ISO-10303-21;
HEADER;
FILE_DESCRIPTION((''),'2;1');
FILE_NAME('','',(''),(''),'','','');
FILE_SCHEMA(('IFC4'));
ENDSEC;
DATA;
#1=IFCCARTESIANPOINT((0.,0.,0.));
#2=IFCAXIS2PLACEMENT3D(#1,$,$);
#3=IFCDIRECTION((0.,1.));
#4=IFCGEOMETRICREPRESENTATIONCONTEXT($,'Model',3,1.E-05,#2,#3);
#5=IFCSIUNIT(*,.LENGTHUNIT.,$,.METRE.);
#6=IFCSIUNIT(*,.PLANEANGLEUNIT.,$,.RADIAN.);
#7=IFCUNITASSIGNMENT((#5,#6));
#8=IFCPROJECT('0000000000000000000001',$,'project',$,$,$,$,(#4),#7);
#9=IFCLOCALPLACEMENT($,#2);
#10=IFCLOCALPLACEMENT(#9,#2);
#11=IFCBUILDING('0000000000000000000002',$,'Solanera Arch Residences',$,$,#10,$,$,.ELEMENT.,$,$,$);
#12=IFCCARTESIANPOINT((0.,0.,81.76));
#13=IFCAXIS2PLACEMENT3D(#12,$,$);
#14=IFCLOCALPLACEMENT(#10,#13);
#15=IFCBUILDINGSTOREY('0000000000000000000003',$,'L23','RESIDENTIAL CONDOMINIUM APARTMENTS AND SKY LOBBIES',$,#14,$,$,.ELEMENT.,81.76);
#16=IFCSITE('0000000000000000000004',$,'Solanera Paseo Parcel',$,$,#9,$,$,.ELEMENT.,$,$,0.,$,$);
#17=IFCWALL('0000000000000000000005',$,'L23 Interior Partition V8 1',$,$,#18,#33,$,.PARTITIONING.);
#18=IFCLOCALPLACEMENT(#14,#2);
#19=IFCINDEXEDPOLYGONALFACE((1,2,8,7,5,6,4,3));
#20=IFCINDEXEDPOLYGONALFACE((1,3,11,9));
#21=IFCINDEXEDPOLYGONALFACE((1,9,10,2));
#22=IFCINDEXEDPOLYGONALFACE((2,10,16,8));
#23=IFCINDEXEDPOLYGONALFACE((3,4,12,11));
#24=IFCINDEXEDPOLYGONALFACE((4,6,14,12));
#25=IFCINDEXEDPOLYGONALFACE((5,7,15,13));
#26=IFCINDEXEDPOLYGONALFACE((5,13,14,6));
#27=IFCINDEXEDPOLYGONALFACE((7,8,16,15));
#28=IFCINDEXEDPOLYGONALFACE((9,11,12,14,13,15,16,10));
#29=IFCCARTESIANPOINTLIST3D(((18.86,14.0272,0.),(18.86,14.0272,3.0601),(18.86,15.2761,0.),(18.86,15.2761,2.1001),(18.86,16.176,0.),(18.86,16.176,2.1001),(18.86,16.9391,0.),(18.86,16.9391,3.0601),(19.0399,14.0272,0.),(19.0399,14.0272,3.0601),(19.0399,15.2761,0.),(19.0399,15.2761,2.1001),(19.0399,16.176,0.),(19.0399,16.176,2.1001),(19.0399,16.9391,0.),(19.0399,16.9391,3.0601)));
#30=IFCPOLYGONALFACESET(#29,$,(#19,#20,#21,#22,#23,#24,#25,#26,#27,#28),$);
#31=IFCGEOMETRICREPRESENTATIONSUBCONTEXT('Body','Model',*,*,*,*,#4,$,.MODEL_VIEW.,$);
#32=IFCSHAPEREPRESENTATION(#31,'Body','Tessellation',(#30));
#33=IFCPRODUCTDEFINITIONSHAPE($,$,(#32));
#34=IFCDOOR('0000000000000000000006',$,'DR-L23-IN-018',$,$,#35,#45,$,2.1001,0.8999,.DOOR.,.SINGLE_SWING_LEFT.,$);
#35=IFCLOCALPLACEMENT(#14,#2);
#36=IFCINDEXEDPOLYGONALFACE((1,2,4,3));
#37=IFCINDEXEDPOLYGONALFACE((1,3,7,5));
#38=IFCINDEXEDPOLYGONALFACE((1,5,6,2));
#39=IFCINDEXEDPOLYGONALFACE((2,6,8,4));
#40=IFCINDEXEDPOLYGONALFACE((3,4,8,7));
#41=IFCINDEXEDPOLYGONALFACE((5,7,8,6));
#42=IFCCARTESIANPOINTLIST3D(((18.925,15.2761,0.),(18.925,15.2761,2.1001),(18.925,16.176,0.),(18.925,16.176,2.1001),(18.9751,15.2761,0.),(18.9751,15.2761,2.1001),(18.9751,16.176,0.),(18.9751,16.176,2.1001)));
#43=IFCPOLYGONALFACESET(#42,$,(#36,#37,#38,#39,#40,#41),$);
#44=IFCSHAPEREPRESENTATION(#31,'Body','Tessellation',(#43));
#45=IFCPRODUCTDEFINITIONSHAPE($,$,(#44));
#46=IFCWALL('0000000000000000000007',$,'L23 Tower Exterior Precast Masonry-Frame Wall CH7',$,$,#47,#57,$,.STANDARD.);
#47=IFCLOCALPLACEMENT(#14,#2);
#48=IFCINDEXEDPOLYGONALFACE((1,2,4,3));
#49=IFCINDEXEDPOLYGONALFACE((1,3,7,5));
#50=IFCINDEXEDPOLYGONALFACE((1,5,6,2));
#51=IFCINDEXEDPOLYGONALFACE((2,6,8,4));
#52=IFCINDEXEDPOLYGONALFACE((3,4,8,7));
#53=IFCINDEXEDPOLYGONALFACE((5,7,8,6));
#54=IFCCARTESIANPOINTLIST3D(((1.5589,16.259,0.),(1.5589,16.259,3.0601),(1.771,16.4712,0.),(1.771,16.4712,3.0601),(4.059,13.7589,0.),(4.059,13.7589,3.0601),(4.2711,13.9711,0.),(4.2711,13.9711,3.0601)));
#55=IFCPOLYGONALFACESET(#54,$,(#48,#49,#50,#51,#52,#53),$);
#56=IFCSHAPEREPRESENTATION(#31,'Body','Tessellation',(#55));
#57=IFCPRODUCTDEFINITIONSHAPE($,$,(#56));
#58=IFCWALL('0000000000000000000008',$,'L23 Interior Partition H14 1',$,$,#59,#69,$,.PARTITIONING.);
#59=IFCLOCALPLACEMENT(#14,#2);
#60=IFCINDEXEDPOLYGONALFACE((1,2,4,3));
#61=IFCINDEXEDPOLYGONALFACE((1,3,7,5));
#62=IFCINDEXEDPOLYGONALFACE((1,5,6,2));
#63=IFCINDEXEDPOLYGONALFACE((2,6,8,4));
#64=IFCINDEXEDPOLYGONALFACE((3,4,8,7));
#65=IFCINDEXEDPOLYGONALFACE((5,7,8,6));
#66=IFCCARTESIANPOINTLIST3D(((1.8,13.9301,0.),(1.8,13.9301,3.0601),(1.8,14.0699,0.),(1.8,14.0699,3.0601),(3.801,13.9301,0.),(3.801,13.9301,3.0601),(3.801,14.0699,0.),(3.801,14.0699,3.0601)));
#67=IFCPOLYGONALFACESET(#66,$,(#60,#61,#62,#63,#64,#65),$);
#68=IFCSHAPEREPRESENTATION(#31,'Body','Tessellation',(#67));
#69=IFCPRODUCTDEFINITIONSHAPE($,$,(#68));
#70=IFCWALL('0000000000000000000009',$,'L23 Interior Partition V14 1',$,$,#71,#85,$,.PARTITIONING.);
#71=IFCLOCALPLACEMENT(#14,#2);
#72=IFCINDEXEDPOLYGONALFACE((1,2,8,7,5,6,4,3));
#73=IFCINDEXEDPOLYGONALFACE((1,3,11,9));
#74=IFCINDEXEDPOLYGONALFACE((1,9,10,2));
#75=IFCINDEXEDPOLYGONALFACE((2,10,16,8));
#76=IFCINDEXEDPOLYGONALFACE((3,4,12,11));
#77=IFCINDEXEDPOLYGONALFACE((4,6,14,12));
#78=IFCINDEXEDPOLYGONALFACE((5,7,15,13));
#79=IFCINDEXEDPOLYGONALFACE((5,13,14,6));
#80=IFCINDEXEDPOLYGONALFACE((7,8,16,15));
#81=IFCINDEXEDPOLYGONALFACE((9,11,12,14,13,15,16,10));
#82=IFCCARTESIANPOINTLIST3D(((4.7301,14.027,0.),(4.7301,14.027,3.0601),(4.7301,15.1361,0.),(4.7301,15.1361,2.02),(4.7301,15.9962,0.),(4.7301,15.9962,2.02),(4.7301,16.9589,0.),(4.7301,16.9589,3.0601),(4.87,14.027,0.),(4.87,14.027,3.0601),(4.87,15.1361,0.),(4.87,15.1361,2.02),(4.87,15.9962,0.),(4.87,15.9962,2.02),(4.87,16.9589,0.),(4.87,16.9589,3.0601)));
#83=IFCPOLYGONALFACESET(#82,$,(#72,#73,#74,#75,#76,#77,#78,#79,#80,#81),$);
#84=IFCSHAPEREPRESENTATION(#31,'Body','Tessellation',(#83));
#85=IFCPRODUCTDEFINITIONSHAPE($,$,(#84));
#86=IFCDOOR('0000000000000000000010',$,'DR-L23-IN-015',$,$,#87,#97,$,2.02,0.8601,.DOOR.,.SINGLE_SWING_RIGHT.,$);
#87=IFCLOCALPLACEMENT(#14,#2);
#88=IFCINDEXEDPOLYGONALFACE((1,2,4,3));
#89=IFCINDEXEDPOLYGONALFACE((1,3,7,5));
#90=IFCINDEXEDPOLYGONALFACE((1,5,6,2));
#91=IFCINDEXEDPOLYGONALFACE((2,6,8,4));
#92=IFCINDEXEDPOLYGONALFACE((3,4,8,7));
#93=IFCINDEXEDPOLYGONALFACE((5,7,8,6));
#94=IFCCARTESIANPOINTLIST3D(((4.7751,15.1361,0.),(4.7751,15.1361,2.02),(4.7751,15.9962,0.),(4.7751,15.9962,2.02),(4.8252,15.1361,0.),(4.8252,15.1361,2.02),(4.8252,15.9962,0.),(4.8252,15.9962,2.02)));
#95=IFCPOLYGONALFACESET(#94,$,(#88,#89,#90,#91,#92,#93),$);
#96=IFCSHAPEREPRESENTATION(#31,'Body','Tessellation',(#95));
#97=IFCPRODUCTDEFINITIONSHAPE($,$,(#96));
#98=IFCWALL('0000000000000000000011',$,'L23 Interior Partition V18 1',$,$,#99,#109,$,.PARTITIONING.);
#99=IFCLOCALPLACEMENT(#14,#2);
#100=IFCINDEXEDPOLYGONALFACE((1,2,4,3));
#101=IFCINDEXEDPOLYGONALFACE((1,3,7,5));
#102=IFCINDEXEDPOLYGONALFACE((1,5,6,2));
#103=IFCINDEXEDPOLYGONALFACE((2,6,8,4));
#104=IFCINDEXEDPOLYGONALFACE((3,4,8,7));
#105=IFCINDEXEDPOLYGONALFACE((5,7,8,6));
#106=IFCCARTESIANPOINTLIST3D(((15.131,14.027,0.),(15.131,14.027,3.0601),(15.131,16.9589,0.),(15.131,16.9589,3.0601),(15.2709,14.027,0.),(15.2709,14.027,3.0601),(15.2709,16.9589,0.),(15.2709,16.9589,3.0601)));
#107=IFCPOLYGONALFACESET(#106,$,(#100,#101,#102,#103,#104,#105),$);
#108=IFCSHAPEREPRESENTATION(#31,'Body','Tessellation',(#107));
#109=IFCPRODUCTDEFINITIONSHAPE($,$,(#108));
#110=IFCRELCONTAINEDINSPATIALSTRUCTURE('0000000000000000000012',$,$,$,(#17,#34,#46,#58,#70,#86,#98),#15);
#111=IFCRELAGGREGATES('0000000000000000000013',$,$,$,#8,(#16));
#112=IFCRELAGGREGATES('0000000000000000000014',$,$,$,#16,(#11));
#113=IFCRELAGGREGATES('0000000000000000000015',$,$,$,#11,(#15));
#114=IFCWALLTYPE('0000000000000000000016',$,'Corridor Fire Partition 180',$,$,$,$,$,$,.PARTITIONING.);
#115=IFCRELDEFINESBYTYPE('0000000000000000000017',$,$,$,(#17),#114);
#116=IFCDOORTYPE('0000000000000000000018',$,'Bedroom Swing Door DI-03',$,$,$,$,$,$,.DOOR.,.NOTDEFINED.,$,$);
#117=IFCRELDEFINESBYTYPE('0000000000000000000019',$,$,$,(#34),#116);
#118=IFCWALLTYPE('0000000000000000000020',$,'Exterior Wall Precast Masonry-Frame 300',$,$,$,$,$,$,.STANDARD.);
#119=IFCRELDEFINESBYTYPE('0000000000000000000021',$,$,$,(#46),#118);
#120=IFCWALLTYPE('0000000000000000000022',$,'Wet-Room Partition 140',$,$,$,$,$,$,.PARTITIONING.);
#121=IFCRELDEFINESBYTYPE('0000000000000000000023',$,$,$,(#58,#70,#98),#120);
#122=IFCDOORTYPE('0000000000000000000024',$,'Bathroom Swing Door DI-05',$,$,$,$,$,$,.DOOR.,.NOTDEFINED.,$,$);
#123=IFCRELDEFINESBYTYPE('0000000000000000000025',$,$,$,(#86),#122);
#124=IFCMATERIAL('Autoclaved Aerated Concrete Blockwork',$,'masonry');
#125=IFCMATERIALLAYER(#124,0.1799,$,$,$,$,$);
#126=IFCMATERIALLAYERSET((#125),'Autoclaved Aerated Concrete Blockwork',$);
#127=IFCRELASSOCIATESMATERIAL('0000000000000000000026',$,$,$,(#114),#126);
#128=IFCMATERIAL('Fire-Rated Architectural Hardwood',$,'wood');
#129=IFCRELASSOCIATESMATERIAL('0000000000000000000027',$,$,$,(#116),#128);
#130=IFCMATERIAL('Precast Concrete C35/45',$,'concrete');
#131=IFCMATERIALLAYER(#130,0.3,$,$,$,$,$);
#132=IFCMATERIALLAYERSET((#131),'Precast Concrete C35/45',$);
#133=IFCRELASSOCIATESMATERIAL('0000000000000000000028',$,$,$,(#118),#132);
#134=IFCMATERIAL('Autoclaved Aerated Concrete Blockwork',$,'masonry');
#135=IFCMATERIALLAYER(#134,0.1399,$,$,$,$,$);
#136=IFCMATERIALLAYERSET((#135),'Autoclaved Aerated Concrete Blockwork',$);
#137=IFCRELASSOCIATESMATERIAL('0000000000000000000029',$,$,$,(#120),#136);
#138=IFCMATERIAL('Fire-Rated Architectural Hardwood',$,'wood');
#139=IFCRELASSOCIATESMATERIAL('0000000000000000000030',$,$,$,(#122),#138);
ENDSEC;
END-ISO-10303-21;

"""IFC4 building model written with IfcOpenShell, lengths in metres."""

from ifc_helpers import new_model, si_unit, direction, frame, frame_2d, origin, place, context, subcontext, project, spatial, rectangle, extrude, material, layer, layer_set, type_object, element, fill, save


model = new_model("IFC4")

# Units and contexts
model_context = context("Model", 3, precision=1e-05, world=origin(), true_north=direction((0.0, 1.0)))
body_context = subcontext(model_context, "Body", "Model", "MODEL_VIEW")
ifc_project = project(units=[si_unit("LENGTHUNIT", "METRE"), si_unit("PLANEANGLEUNIT", "RADIAN")], contexts=[model_context])

# Site, building, storey
site_placement = place(None, origin())
site = spatial("IfcSite", under=ifc_project, at=site_placement, Name="Solanera Paseo Parcel", CompositionType="ELEMENT", RefElevation=0.0)
building_placement = place(site_placement, origin())
building = spatial("IfcBuilding", under=site, at=building_placement, Name="Solanera Arch Residences", CompositionType="ELEMENT")
storey_placement = place(building_placement, frame((0.0, 0.0, 81.76)))
storey = spatial("IfcBuildingStorey", under=building, at=storey_placement, Name="L23", Description="RESIDENTIAL CONDOMINIUM APARTMENTS AND SKY LOBBIES", CompositionType="ELEMENT", Elevation=81.76)

# Wall, opening, door
ifc_material_1 = material(Name="Autoclaved Aerated Concrete Blockwork", Category="masonry")
ifc_layer_1 = layer(ifc_material_1, 0.1799)
ifc_layer_set_1 = layer_set([ifc_layer_1], Name="Autoclaved Aerated Concrete Blockwork")
wall_type_1 = type_object("IfcWallType", Name="Corridor Fire Partition 180", PredefinedType="PARTITIONING", material=ifc_layer_set_1)
wall_1_placement = place(storey_placement, frame((18.95, 14.0271, 0.0), z_axis=(0.0, 0.0, 1.0), x_axis=(0.0, 1.0, 0.0)))
wall_1 = element("IfcWall", 1, at=wall_1_placement, inside=storey, type_object=wall_type_1, Name="L23 Interior Partition V8 1", PredefinedType="PARTITIONING", context=body_context, shape_type="SweptSolid", body=[
    extrude(rectangle(XDim=2.9119, YDim=0.1799, at=frame_2d((1.4561, 0.0))), origin(), (0.0, 0.0, 1.0), 3.0601),
])
opening_1_placement = place(wall_1_placement, frame((1.249, 0.0, 0.0)))
opening_1 = element("IfcOpeningElement", 2, at=opening_1_placement, cuts=wall_1, PredefinedType="OPENING", context=body_context, shape_type="SweptSolid", body=[
    extrude(rectangle(XDim=0.8999, YDim=2.1001, at=frame_2d((0.45, 1.05))), frame((0.0, 0.1001, 0.0), z_axis=(0.0, -1.0, 0.0), x_axis=(1.0, 0.0, 0.0)), (0.0, 0.0, 1.0), 0.1999),
])
ifc_material_2 = material(Name="Fire-Rated Architectural Hardwood", Category="wood")
door_type_1 = type_object("IfcDoorType", Name="Bedroom Swing Door DI-03", OperationType="NOTDEFINED", PredefinedType="DOOR", material=ifc_material_2)
door_1_placement = place(opening_1_placement, origin())
door_1 = element("IfcDoor", 3, at=door_1_placement, inside=storey, type_object=door_type_1, Name="DR-L23-IN-018", OperationType="SINGLE_SWING_LEFT", OverallHeight=2.1001, OverallWidth=0.8999, PredefinedType="DOOR", context=body_context, shape_type="SweptSolid", body=[
    extrude(rectangle(XDim=0.8999, YDim=2.1001, at=frame_2d((0.45, 1.05))), frame((0.0, 0.0249, 0.0), z_axis=(0.0, -1.0, 0.0), x_axis=(1.0, 0.0, 0.0)), (0.0, 0.0, 1.0), 0.05),
])
fill(opening_1, door_1)

# Walls
ifc_material_3 = material(Name="Precast Concrete C35/45", Category="concrete")
ifc_layer_2 = layer(ifc_material_3, 0.3)
ifc_layer_set_2 = layer_set([ifc_layer_2], Name="Precast Concrete C35/45")
wall_type_2 = type_object("IfcWallType", Name="Exterior Wall Precast Masonry-Frame 300", PredefinedType="STANDARD", material=ifc_layer_set_2)
wall_2_placement = place(storey_placement, frame((4.165, 13.865, 0.0), z_axis=(0.0, 0.0, 1.0), x_axis=(-0.707107, 0.707107, 0.0)))
element("IfcWall", 4, at=wall_2_placement, inside=storey, type_object=wall_type_2, Name="L23 Tower Exterior Precast Masonry-Frame Wall CH7", PredefinedType="STANDARD", context=body_context, shape_type="SweptSolid", body=[
    extrude(rectangle(XDim=3.5356, YDim=0.3, at=frame_2d((1.7678, 0.0))), origin(), (0.0, 0.0, 1.0), 3.0601),
])
ifc_material_4 = material(Name="Autoclaved Aerated Concrete Blockwork", Category="masonry")
ifc_layer_3 = layer(ifc_material_4, 0.1399)
ifc_layer_set_3 = layer_set([ifc_layer_3], Name="Autoclaved Aerated Concrete Blockwork")
wall_type_3 = type_object("IfcWallType", Name="Wet-Room Partition 140", PredefinedType="PARTITIONING", material=ifc_layer_set_3)
wall_3_placement = place(storey_placement, frame((1.8, 14.0, 0.0), z_axis=(0.0, 0.0, 1.0), x_axis=(1.0, 0.0, 0.0)))
element("IfcWall", 5, at=wall_3_placement, inside=storey, type_object=wall_type_3, Name="L23 Interior Partition H14 1", PredefinedType="PARTITIONING", context=body_context, shape_type="SweptSolid", body=[
    extrude(rectangle(XDim=2.001, YDim=0.1399, at=frame_2d((1.0005, 0.0))), origin(), (0.0, 0.0, 1.0), 3.0601),
])

# Wall, opening, door
wall_4_placement = place(storey_placement, frame((4.8, 14.0271, 0.0), z_axis=(0.0, 0.0, 1.0), x_axis=(0.0, 1.0, 0.0)))
wall_4 = element("IfcWall", 6, at=wall_4_placement, inside=storey, type_object=wall_type_3, Name="L23 Interior Partition V14 1", PredefinedType="PARTITIONING", context=body_context, shape_type="SweptSolid", body=[
    extrude(rectangle(XDim=2.9319, YDim=0.1399, at=frame_2d((1.4658, 0.0))), origin(), (0.0, 0.0, 1.0), 3.0601),
])
opening_2_placement = place(wall_4_placement, frame((1.1089, 0.0, 0.0)))
opening_2 = element("IfcOpeningElement", 7, at=opening_2_placement, cuts=wall_4, PredefinedType="OPENING", context=body_context, shape_type="SweptSolid", body=[
    extrude(rectangle(XDim=0.8601, YDim=2.02, at=frame_2d((0.4302, 1.01))), frame((0.0, 0.0798, 0.0), z_axis=(0.0, -1.0, 0.0), x_axis=(1.0, 0.0, 0.0)), (0.0, 0.0, 1.0), 0.1599),
])
ifc_material_5 = material(Name="Fire-Rated Architectural Hardwood", Category="wood")
door_type_2 = type_object("IfcDoorType", Name="Bathroom Swing Door DI-05", OperationType="NOTDEFINED", PredefinedType="DOOR", material=ifc_material_5)
door_2_placement = place(opening_2_placement, origin())
door_2 = element("IfcDoor", 8, at=door_2_placement, inside=storey, type_object=door_type_2, Name="DR-L23-IN-015", OperationType="SINGLE_SWING_RIGHT", OverallHeight=2.02, OverallWidth=0.8601, PredefinedType="DOOR", context=body_context, shape_type="SweptSolid", body=[
    extrude(rectangle(XDim=0.8601, YDim=2.02, at=frame_2d((0.4302, 1.01))), frame((0.0, 0.0249, 0.0), z_axis=(0.0, -1.0, 0.0), x_axis=(1.0, 0.0, 0.0)), (0.0, 0.0, 1.0), 0.05),
])
fill(opening_2, door_2)

# Wall
wall_5_placement = place(storey_placement, frame((15.2009, 14.0271, 0.0), z_axis=(0.0, 0.0, 1.0), x_axis=(0.0, 1.0, 0.0)))
element("IfcWall", 9, at=wall_5_placement, inside=storey, type_object=wall_type_3, Name="L23 Interior Partition V18 1", PredefinedType="PARTITIONING", context=body_context, shape_type="SweptSolid", body=[
    extrude(rectangle(XDim=2.9319, YDim=0.1399, at=frame_2d((1.4658, 0.0))), origin(), (0.0, 0.0, 1.0), 3.0601),
])

save(model, "model.ifc")
